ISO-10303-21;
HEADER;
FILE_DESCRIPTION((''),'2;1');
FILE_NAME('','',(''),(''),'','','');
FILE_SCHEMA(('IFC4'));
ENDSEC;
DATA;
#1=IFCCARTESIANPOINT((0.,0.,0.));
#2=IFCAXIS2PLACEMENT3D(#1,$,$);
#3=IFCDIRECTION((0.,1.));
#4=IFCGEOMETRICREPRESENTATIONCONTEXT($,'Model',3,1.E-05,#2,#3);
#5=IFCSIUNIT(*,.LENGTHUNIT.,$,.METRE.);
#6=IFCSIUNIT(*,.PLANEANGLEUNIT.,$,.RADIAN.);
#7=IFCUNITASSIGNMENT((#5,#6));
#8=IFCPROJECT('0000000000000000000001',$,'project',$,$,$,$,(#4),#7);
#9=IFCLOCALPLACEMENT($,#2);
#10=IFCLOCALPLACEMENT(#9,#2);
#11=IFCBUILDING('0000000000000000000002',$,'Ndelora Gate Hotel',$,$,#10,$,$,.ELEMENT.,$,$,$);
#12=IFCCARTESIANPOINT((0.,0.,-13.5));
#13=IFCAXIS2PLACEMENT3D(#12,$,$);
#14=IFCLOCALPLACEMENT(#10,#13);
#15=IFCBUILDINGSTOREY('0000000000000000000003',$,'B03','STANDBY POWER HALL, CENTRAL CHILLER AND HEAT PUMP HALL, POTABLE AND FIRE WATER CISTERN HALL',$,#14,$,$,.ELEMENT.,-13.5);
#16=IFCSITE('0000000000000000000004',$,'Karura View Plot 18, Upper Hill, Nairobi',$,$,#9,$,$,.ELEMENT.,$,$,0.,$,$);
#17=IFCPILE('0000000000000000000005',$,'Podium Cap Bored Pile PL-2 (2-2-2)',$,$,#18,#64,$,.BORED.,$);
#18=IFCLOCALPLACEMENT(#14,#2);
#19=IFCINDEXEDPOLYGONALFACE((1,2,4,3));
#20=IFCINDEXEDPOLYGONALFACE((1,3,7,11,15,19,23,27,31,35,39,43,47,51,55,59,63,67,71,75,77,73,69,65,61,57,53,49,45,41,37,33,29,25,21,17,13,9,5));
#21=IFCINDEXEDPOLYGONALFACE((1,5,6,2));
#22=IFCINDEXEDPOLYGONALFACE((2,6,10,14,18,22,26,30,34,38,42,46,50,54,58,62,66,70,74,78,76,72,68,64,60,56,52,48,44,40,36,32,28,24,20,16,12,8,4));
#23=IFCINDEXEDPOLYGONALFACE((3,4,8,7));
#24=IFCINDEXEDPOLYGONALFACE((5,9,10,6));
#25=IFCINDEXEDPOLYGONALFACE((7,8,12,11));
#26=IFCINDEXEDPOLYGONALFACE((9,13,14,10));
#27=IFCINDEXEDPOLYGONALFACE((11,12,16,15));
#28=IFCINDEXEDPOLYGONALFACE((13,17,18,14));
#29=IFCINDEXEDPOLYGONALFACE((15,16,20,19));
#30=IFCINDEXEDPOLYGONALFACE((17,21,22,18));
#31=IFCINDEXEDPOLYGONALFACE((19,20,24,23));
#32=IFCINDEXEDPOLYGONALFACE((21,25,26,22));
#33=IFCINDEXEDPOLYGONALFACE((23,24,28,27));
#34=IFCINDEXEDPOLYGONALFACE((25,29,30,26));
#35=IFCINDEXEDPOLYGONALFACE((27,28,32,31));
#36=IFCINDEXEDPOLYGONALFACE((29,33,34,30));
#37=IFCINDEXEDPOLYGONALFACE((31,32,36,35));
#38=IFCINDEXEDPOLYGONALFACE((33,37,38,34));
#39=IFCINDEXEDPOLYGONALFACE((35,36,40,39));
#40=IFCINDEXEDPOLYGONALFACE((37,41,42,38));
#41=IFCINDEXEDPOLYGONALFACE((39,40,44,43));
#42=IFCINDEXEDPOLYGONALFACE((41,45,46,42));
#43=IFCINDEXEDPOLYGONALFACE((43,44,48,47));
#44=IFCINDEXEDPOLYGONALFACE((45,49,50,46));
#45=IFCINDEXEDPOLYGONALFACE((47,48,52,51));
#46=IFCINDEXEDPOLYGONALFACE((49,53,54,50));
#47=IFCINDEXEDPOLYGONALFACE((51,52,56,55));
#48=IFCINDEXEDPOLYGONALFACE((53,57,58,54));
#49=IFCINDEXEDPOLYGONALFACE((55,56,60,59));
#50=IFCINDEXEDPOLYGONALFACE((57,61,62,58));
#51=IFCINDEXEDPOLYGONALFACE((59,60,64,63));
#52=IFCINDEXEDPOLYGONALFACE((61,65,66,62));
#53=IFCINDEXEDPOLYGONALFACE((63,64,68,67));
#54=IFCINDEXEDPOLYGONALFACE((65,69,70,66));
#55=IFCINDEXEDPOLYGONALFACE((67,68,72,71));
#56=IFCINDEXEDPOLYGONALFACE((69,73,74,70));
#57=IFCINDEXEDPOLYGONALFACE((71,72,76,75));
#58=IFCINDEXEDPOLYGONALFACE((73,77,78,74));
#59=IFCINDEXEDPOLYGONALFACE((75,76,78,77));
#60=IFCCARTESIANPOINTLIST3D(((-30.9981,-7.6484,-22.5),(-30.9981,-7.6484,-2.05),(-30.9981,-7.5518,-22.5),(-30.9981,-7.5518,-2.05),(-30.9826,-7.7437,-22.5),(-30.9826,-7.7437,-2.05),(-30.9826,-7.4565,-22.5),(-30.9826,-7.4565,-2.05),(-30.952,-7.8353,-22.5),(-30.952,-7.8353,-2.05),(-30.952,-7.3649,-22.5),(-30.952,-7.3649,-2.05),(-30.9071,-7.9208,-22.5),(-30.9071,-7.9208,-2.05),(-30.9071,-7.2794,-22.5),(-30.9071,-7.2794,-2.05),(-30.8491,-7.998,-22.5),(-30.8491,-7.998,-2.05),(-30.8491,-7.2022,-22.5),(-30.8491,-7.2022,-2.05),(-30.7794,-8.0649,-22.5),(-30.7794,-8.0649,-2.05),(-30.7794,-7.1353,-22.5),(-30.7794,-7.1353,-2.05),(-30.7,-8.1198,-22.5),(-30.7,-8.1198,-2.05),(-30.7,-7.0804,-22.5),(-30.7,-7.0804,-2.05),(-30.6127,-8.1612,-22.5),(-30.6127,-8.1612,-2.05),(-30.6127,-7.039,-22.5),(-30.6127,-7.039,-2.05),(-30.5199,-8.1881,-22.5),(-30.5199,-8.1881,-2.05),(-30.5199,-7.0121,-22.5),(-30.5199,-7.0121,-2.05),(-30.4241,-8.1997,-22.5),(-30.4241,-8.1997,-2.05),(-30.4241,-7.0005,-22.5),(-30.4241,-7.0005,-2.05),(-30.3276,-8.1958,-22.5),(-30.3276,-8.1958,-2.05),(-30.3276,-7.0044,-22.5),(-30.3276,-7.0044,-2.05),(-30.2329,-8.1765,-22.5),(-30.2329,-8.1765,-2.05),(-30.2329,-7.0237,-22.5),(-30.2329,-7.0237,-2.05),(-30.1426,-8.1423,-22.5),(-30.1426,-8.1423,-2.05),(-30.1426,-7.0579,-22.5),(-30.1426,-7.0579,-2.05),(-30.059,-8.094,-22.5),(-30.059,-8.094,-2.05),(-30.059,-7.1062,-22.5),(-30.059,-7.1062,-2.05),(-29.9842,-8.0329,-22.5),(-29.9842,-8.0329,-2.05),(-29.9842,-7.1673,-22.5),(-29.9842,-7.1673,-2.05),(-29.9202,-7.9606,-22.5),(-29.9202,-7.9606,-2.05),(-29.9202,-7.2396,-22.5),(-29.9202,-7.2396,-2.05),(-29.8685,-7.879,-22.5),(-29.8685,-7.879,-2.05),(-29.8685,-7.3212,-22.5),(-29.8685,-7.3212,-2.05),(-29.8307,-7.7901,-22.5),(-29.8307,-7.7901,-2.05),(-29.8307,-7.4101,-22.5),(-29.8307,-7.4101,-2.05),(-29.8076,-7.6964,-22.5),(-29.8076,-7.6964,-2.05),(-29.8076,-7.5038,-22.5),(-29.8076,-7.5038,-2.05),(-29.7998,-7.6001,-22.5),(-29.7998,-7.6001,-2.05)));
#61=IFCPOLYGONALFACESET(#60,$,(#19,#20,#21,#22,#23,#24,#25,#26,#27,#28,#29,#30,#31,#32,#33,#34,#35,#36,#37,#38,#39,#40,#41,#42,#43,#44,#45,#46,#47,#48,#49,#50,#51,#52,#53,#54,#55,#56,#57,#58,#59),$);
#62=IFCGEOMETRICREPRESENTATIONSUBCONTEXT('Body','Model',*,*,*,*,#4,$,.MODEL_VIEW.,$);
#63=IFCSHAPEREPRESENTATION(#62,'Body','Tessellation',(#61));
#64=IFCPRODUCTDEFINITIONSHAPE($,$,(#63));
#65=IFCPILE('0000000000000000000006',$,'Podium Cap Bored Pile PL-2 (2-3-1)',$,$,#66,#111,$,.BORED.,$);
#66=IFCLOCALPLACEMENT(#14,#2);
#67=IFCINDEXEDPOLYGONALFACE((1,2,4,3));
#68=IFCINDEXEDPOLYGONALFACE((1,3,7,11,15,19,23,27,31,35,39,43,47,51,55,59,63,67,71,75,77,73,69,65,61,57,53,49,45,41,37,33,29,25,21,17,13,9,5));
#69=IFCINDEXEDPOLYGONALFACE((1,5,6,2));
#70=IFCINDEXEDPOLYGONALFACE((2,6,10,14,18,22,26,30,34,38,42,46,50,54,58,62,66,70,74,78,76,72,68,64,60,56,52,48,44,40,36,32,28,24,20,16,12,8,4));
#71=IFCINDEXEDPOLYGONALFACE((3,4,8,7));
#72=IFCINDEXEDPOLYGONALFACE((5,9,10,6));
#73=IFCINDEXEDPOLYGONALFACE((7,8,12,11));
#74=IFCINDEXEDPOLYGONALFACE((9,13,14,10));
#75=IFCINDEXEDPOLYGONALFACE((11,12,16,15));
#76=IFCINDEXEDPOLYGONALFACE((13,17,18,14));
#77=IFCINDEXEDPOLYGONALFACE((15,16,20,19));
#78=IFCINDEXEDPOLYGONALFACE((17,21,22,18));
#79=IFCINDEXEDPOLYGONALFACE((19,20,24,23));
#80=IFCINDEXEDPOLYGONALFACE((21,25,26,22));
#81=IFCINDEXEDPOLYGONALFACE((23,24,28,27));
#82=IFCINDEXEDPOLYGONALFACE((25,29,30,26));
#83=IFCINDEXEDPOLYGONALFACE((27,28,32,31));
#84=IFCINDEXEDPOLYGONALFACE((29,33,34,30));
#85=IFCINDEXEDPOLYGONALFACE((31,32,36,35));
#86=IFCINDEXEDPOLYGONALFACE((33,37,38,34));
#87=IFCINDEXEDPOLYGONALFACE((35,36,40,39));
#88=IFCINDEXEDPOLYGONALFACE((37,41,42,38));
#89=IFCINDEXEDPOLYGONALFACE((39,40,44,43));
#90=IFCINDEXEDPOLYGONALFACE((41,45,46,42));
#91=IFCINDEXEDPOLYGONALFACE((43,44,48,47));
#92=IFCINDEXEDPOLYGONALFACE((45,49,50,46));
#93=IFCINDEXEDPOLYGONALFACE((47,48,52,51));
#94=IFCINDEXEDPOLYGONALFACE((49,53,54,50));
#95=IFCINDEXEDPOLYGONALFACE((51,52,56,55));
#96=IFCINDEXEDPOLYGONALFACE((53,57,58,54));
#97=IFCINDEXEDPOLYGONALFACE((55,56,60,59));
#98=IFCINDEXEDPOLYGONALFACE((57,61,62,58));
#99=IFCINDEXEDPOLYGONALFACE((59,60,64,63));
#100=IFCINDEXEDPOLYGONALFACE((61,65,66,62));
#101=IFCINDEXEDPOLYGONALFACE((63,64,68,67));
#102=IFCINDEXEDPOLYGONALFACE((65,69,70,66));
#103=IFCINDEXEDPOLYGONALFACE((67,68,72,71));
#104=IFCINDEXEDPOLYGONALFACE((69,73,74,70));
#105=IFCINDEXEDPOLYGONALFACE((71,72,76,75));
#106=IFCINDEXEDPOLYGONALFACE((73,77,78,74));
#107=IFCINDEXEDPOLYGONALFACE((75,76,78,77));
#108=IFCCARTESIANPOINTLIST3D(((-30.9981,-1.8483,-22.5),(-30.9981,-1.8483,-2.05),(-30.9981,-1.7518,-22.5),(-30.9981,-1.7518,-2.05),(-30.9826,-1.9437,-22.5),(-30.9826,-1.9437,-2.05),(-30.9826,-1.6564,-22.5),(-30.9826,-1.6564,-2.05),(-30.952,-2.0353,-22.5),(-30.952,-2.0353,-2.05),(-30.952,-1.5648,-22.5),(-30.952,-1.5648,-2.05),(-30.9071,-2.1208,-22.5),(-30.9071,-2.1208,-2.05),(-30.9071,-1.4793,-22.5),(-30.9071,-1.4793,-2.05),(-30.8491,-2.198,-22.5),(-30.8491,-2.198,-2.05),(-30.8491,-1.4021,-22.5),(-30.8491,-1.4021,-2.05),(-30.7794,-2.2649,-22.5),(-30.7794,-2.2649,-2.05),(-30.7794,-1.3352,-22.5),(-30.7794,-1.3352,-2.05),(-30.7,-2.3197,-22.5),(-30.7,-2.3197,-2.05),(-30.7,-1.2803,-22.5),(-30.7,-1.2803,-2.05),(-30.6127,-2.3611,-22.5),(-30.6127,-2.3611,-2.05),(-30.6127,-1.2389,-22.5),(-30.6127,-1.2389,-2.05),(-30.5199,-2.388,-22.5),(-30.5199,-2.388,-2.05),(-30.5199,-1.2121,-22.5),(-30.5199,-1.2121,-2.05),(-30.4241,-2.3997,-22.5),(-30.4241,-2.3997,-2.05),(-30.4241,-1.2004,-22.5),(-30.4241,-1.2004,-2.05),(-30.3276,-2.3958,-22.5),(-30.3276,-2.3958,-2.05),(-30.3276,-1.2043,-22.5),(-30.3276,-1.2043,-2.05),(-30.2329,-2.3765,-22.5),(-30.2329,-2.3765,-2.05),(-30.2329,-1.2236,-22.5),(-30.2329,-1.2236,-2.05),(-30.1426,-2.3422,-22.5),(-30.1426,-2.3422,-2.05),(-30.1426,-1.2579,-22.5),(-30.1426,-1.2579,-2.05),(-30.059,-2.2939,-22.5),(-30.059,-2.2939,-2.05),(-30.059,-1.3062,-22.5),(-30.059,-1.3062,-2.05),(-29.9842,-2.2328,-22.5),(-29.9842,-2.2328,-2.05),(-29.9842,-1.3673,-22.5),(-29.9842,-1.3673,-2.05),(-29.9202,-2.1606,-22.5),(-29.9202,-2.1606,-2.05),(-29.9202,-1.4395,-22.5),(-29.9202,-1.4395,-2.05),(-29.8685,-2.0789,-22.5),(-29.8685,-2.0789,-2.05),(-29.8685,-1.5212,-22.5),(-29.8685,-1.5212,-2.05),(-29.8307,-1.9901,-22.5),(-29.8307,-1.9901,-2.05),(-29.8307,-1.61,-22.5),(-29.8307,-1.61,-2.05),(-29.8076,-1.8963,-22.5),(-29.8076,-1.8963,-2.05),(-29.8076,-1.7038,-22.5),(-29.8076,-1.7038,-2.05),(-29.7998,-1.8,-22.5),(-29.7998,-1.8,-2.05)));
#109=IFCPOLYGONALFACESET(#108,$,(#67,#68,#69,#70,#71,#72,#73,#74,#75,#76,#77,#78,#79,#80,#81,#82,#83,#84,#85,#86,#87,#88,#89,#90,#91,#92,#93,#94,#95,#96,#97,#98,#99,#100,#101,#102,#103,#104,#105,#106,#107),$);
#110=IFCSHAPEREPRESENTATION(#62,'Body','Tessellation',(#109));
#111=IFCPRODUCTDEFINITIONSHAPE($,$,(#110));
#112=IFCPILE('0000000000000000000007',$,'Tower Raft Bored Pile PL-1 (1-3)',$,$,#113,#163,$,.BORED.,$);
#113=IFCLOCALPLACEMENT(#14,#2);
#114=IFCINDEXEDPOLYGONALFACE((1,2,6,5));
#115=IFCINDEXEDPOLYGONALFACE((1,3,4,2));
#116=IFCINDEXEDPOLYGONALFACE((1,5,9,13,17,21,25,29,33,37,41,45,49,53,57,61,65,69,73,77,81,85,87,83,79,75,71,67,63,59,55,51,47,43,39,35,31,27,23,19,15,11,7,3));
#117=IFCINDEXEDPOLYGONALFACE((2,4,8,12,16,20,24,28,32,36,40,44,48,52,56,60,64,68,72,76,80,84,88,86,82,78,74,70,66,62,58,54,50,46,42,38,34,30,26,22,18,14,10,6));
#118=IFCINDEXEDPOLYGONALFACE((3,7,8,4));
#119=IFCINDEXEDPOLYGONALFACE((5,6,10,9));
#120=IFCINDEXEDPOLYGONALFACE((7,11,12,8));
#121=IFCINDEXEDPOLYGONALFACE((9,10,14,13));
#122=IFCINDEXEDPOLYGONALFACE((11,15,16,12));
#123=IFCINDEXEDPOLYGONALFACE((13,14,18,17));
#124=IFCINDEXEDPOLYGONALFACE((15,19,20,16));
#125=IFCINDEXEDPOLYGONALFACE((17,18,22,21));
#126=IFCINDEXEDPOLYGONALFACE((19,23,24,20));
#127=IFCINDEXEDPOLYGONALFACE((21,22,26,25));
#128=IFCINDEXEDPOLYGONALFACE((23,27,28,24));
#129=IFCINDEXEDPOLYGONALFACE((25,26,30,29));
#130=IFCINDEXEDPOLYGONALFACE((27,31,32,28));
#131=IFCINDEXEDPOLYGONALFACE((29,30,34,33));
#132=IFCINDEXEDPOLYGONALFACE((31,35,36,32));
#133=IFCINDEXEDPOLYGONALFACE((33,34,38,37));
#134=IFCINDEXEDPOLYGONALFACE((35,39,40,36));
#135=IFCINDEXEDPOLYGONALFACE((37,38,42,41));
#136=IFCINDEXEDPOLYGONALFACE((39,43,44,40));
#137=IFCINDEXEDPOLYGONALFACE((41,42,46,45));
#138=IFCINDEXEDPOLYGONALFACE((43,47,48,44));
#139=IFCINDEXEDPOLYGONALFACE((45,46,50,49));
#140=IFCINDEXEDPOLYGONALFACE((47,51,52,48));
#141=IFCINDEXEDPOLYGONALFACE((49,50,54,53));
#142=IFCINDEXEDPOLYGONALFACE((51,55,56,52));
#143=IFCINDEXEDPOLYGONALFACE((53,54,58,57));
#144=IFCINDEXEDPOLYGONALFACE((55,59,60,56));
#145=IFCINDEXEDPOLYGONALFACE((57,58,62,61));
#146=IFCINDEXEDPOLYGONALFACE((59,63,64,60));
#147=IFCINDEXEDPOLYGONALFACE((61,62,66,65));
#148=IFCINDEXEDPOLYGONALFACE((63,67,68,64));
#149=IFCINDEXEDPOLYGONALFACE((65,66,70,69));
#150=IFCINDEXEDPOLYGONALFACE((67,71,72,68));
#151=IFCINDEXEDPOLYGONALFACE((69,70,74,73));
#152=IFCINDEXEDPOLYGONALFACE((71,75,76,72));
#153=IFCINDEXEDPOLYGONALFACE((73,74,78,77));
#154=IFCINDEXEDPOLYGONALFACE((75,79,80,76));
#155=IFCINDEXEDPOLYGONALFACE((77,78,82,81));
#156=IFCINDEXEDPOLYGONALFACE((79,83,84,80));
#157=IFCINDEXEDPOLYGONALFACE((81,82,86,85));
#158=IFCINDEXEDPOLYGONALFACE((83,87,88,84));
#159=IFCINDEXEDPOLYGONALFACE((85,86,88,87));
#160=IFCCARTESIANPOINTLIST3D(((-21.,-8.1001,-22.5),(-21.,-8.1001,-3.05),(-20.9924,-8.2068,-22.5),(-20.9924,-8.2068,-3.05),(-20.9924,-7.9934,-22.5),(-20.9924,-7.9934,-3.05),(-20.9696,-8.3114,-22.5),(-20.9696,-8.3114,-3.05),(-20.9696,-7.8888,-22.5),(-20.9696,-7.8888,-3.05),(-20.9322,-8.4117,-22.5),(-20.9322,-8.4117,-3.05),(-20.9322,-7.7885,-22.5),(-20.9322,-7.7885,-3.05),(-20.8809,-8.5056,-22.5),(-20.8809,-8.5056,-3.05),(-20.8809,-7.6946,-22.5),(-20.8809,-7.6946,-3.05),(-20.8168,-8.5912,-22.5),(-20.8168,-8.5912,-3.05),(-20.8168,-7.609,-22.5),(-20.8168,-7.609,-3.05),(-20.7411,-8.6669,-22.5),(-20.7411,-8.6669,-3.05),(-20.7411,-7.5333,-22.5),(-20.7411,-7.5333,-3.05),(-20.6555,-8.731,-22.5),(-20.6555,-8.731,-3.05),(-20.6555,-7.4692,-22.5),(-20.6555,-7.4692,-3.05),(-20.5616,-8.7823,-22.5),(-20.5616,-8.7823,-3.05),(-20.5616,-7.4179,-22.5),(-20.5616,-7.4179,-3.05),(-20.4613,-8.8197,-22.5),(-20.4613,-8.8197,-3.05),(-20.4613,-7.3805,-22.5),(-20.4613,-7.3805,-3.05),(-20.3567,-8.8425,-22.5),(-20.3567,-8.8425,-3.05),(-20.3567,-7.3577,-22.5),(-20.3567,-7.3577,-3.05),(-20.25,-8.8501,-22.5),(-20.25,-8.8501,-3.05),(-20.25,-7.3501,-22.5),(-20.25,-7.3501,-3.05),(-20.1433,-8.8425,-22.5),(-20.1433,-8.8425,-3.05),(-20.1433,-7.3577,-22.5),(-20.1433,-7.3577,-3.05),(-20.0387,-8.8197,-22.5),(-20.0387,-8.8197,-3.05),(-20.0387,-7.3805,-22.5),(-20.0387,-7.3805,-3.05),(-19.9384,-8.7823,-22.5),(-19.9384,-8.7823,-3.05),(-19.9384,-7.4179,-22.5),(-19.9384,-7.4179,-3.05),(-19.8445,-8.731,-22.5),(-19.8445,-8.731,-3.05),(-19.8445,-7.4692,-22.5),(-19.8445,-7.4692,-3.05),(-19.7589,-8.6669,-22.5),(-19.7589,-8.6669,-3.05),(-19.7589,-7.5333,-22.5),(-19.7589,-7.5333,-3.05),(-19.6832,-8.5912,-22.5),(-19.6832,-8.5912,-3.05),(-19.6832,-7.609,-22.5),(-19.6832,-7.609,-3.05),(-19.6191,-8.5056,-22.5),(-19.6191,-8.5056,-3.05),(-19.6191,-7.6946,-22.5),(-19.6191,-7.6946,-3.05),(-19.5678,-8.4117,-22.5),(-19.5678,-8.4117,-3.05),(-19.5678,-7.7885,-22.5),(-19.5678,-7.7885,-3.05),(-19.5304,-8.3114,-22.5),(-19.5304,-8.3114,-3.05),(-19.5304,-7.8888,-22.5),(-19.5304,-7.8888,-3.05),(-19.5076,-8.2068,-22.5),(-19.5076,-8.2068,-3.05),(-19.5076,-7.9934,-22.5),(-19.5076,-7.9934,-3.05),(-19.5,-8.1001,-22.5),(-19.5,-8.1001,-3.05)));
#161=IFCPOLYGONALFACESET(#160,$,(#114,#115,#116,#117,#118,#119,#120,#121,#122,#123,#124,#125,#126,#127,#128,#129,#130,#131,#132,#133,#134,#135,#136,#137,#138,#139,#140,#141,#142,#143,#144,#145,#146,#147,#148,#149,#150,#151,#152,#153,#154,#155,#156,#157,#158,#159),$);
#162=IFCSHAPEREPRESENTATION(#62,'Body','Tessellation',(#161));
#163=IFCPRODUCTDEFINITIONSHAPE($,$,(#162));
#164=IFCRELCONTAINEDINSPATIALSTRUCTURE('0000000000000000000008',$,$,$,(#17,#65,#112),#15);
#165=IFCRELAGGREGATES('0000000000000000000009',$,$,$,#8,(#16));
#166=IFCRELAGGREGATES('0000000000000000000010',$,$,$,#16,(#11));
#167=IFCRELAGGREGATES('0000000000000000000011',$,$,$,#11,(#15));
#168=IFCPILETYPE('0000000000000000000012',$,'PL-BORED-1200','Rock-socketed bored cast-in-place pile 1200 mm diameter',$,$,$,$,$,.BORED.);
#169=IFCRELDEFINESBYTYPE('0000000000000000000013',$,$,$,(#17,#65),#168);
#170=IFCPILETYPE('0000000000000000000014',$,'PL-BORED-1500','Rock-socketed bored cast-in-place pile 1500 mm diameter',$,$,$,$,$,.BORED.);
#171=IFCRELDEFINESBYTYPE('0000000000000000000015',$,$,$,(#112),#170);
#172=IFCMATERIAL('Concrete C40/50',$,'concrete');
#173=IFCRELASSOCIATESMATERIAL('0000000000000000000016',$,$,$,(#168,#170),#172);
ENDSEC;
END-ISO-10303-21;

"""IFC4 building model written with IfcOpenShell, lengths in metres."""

from ifc_helpers import new_model, si_unit, direction, frame, origin, origin_2d, place, context, subcontext, project, spatial, circle, extrude, material, material_profile, profile_set, type_object, element, save


model = new_model("IFC4")

# Units and contexts
model_context = context("Model", 3, precision=1e-05, world=origin(), true_north=direction((0.0, 1.0)))
body_context = subcontext(model_context, "Body", "Model", "MODEL_VIEW")
ifc_project = project(units=[si_unit("LENGTHUNIT", "METRE"), si_unit("PLANEANGLEUNIT", "RADIAN")], contexts=[model_context])

# Site, building, storey
site_placement = place(None, origin())
site = spatial("IfcSite", under=ifc_project, at=site_placement, Name="Karura View Plot 18, Upper Hill, Nairobi", CompositionType="ELEMENT", RefElevation=0.0)
building_placement = place(site_placement, origin())
building = spatial("IfcBuilding", under=site, at=building_placement, Name="Ndelora Gate Hotel", CompositionType="ELEMENT")
storey_placement = place(building_placement, frame((0.0, 0.0, -13.5)))
storey = spatial("IfcBuildingStorey", under=building, at=storey_placement, Name="B03", Description="STANDBY POWER HALL, CENTRAL CHILLER AND HEAT PUMP HALL, POTABLE AND FIRE WATER CISTERN HALL", CompositionType="ELEMENT", Elevation=-13.5)

# Shared definitions
ifc_material_1 = material(Name="Concrete C40/50", Category="concrete")

# Piles
ifc_material_profile_1 = material_profile(ifc_material_1, circle(Radius=0.6001, at=origin_2d()), Name="PILE D1200")
ifc_profile_set_1 = profile_set([ifc_material_profile_1], Name="Concrete C40/50")
pile_type_1 = type_object("IfcPileType", Name="PL-BORED-1200", Description="Rock-socketed bored cast-in-place pile 1200 mm diameter", PredefinedType="BORED", material=ifc_profile_set_1)
for number, where, z_axis, x_axis, name in (
    (1, (-30.3999, -7.6001, -2.05), (0.0, 0.0, -1.0), (1.0, 0.0, 0.0), "Podium Cap Bored Pile PL-2 (2-2-2)"),
    (2, (-30.3999, -1.8, -2.05), (0.0, 0.0, -1.0), (1.0, 0.0, 0.0), "Podium Cap Bored Pile PL-2 (2-3-1)"),
):
    element("IfcPile", number, at=place(storey_placement, frame(where, z_axis=z_axis, x_axis=x_axis)), inside=storey, type_object=pile_type_1, Name=name, PredefinedType="BORED", context=body_context, shape_type="SweptSolid", body=[
        extrude(circle(Radius=0.6001, at=origin_2d()), origin(), (0.0, 0.0, 1.0), 20.45),
    ])
ifc_material_profile_2 = material_profile(ifc_material_1, circle(Radius=0.75, at=origin_2d()), Name="PILE D1500")
ifc_profile_set_2 = profile_set([ifc_material_profile_2], Name="Concrete C40/50")
pile_type_2 = type_object("IfcPileType", Name="PL-BORED-1500", Description="Rock-socketed bored cast-in-place pile 1500 mm diameter", PredefinedType="BORED", material=ifc_profile_set_2)
for number, where, z_axis, x_axis, name in (
    (3, (-20.25, -8.1001, -3.05), (0.0, 0.0, -1.0), (1.0, 0.0, 0.0), "Tower Raft Bored Pile PL-1 (1-3)"),
):
    element("IfcPile", number, at=place(storey_placement, frame(where, z_axis=z_axis, x_axis=x_axis)), inside=storey, type_object=pile_type_2, Name=name, PredefinedType="BORED", context=body_context, shape_type="SweptSolid", body=[
        extrude(circle(Radius=0.75, at=origin_2d()), origin(), (0.0, 0.0, 1.0), 19.45),
    ])

save(model, "model.ifc")
